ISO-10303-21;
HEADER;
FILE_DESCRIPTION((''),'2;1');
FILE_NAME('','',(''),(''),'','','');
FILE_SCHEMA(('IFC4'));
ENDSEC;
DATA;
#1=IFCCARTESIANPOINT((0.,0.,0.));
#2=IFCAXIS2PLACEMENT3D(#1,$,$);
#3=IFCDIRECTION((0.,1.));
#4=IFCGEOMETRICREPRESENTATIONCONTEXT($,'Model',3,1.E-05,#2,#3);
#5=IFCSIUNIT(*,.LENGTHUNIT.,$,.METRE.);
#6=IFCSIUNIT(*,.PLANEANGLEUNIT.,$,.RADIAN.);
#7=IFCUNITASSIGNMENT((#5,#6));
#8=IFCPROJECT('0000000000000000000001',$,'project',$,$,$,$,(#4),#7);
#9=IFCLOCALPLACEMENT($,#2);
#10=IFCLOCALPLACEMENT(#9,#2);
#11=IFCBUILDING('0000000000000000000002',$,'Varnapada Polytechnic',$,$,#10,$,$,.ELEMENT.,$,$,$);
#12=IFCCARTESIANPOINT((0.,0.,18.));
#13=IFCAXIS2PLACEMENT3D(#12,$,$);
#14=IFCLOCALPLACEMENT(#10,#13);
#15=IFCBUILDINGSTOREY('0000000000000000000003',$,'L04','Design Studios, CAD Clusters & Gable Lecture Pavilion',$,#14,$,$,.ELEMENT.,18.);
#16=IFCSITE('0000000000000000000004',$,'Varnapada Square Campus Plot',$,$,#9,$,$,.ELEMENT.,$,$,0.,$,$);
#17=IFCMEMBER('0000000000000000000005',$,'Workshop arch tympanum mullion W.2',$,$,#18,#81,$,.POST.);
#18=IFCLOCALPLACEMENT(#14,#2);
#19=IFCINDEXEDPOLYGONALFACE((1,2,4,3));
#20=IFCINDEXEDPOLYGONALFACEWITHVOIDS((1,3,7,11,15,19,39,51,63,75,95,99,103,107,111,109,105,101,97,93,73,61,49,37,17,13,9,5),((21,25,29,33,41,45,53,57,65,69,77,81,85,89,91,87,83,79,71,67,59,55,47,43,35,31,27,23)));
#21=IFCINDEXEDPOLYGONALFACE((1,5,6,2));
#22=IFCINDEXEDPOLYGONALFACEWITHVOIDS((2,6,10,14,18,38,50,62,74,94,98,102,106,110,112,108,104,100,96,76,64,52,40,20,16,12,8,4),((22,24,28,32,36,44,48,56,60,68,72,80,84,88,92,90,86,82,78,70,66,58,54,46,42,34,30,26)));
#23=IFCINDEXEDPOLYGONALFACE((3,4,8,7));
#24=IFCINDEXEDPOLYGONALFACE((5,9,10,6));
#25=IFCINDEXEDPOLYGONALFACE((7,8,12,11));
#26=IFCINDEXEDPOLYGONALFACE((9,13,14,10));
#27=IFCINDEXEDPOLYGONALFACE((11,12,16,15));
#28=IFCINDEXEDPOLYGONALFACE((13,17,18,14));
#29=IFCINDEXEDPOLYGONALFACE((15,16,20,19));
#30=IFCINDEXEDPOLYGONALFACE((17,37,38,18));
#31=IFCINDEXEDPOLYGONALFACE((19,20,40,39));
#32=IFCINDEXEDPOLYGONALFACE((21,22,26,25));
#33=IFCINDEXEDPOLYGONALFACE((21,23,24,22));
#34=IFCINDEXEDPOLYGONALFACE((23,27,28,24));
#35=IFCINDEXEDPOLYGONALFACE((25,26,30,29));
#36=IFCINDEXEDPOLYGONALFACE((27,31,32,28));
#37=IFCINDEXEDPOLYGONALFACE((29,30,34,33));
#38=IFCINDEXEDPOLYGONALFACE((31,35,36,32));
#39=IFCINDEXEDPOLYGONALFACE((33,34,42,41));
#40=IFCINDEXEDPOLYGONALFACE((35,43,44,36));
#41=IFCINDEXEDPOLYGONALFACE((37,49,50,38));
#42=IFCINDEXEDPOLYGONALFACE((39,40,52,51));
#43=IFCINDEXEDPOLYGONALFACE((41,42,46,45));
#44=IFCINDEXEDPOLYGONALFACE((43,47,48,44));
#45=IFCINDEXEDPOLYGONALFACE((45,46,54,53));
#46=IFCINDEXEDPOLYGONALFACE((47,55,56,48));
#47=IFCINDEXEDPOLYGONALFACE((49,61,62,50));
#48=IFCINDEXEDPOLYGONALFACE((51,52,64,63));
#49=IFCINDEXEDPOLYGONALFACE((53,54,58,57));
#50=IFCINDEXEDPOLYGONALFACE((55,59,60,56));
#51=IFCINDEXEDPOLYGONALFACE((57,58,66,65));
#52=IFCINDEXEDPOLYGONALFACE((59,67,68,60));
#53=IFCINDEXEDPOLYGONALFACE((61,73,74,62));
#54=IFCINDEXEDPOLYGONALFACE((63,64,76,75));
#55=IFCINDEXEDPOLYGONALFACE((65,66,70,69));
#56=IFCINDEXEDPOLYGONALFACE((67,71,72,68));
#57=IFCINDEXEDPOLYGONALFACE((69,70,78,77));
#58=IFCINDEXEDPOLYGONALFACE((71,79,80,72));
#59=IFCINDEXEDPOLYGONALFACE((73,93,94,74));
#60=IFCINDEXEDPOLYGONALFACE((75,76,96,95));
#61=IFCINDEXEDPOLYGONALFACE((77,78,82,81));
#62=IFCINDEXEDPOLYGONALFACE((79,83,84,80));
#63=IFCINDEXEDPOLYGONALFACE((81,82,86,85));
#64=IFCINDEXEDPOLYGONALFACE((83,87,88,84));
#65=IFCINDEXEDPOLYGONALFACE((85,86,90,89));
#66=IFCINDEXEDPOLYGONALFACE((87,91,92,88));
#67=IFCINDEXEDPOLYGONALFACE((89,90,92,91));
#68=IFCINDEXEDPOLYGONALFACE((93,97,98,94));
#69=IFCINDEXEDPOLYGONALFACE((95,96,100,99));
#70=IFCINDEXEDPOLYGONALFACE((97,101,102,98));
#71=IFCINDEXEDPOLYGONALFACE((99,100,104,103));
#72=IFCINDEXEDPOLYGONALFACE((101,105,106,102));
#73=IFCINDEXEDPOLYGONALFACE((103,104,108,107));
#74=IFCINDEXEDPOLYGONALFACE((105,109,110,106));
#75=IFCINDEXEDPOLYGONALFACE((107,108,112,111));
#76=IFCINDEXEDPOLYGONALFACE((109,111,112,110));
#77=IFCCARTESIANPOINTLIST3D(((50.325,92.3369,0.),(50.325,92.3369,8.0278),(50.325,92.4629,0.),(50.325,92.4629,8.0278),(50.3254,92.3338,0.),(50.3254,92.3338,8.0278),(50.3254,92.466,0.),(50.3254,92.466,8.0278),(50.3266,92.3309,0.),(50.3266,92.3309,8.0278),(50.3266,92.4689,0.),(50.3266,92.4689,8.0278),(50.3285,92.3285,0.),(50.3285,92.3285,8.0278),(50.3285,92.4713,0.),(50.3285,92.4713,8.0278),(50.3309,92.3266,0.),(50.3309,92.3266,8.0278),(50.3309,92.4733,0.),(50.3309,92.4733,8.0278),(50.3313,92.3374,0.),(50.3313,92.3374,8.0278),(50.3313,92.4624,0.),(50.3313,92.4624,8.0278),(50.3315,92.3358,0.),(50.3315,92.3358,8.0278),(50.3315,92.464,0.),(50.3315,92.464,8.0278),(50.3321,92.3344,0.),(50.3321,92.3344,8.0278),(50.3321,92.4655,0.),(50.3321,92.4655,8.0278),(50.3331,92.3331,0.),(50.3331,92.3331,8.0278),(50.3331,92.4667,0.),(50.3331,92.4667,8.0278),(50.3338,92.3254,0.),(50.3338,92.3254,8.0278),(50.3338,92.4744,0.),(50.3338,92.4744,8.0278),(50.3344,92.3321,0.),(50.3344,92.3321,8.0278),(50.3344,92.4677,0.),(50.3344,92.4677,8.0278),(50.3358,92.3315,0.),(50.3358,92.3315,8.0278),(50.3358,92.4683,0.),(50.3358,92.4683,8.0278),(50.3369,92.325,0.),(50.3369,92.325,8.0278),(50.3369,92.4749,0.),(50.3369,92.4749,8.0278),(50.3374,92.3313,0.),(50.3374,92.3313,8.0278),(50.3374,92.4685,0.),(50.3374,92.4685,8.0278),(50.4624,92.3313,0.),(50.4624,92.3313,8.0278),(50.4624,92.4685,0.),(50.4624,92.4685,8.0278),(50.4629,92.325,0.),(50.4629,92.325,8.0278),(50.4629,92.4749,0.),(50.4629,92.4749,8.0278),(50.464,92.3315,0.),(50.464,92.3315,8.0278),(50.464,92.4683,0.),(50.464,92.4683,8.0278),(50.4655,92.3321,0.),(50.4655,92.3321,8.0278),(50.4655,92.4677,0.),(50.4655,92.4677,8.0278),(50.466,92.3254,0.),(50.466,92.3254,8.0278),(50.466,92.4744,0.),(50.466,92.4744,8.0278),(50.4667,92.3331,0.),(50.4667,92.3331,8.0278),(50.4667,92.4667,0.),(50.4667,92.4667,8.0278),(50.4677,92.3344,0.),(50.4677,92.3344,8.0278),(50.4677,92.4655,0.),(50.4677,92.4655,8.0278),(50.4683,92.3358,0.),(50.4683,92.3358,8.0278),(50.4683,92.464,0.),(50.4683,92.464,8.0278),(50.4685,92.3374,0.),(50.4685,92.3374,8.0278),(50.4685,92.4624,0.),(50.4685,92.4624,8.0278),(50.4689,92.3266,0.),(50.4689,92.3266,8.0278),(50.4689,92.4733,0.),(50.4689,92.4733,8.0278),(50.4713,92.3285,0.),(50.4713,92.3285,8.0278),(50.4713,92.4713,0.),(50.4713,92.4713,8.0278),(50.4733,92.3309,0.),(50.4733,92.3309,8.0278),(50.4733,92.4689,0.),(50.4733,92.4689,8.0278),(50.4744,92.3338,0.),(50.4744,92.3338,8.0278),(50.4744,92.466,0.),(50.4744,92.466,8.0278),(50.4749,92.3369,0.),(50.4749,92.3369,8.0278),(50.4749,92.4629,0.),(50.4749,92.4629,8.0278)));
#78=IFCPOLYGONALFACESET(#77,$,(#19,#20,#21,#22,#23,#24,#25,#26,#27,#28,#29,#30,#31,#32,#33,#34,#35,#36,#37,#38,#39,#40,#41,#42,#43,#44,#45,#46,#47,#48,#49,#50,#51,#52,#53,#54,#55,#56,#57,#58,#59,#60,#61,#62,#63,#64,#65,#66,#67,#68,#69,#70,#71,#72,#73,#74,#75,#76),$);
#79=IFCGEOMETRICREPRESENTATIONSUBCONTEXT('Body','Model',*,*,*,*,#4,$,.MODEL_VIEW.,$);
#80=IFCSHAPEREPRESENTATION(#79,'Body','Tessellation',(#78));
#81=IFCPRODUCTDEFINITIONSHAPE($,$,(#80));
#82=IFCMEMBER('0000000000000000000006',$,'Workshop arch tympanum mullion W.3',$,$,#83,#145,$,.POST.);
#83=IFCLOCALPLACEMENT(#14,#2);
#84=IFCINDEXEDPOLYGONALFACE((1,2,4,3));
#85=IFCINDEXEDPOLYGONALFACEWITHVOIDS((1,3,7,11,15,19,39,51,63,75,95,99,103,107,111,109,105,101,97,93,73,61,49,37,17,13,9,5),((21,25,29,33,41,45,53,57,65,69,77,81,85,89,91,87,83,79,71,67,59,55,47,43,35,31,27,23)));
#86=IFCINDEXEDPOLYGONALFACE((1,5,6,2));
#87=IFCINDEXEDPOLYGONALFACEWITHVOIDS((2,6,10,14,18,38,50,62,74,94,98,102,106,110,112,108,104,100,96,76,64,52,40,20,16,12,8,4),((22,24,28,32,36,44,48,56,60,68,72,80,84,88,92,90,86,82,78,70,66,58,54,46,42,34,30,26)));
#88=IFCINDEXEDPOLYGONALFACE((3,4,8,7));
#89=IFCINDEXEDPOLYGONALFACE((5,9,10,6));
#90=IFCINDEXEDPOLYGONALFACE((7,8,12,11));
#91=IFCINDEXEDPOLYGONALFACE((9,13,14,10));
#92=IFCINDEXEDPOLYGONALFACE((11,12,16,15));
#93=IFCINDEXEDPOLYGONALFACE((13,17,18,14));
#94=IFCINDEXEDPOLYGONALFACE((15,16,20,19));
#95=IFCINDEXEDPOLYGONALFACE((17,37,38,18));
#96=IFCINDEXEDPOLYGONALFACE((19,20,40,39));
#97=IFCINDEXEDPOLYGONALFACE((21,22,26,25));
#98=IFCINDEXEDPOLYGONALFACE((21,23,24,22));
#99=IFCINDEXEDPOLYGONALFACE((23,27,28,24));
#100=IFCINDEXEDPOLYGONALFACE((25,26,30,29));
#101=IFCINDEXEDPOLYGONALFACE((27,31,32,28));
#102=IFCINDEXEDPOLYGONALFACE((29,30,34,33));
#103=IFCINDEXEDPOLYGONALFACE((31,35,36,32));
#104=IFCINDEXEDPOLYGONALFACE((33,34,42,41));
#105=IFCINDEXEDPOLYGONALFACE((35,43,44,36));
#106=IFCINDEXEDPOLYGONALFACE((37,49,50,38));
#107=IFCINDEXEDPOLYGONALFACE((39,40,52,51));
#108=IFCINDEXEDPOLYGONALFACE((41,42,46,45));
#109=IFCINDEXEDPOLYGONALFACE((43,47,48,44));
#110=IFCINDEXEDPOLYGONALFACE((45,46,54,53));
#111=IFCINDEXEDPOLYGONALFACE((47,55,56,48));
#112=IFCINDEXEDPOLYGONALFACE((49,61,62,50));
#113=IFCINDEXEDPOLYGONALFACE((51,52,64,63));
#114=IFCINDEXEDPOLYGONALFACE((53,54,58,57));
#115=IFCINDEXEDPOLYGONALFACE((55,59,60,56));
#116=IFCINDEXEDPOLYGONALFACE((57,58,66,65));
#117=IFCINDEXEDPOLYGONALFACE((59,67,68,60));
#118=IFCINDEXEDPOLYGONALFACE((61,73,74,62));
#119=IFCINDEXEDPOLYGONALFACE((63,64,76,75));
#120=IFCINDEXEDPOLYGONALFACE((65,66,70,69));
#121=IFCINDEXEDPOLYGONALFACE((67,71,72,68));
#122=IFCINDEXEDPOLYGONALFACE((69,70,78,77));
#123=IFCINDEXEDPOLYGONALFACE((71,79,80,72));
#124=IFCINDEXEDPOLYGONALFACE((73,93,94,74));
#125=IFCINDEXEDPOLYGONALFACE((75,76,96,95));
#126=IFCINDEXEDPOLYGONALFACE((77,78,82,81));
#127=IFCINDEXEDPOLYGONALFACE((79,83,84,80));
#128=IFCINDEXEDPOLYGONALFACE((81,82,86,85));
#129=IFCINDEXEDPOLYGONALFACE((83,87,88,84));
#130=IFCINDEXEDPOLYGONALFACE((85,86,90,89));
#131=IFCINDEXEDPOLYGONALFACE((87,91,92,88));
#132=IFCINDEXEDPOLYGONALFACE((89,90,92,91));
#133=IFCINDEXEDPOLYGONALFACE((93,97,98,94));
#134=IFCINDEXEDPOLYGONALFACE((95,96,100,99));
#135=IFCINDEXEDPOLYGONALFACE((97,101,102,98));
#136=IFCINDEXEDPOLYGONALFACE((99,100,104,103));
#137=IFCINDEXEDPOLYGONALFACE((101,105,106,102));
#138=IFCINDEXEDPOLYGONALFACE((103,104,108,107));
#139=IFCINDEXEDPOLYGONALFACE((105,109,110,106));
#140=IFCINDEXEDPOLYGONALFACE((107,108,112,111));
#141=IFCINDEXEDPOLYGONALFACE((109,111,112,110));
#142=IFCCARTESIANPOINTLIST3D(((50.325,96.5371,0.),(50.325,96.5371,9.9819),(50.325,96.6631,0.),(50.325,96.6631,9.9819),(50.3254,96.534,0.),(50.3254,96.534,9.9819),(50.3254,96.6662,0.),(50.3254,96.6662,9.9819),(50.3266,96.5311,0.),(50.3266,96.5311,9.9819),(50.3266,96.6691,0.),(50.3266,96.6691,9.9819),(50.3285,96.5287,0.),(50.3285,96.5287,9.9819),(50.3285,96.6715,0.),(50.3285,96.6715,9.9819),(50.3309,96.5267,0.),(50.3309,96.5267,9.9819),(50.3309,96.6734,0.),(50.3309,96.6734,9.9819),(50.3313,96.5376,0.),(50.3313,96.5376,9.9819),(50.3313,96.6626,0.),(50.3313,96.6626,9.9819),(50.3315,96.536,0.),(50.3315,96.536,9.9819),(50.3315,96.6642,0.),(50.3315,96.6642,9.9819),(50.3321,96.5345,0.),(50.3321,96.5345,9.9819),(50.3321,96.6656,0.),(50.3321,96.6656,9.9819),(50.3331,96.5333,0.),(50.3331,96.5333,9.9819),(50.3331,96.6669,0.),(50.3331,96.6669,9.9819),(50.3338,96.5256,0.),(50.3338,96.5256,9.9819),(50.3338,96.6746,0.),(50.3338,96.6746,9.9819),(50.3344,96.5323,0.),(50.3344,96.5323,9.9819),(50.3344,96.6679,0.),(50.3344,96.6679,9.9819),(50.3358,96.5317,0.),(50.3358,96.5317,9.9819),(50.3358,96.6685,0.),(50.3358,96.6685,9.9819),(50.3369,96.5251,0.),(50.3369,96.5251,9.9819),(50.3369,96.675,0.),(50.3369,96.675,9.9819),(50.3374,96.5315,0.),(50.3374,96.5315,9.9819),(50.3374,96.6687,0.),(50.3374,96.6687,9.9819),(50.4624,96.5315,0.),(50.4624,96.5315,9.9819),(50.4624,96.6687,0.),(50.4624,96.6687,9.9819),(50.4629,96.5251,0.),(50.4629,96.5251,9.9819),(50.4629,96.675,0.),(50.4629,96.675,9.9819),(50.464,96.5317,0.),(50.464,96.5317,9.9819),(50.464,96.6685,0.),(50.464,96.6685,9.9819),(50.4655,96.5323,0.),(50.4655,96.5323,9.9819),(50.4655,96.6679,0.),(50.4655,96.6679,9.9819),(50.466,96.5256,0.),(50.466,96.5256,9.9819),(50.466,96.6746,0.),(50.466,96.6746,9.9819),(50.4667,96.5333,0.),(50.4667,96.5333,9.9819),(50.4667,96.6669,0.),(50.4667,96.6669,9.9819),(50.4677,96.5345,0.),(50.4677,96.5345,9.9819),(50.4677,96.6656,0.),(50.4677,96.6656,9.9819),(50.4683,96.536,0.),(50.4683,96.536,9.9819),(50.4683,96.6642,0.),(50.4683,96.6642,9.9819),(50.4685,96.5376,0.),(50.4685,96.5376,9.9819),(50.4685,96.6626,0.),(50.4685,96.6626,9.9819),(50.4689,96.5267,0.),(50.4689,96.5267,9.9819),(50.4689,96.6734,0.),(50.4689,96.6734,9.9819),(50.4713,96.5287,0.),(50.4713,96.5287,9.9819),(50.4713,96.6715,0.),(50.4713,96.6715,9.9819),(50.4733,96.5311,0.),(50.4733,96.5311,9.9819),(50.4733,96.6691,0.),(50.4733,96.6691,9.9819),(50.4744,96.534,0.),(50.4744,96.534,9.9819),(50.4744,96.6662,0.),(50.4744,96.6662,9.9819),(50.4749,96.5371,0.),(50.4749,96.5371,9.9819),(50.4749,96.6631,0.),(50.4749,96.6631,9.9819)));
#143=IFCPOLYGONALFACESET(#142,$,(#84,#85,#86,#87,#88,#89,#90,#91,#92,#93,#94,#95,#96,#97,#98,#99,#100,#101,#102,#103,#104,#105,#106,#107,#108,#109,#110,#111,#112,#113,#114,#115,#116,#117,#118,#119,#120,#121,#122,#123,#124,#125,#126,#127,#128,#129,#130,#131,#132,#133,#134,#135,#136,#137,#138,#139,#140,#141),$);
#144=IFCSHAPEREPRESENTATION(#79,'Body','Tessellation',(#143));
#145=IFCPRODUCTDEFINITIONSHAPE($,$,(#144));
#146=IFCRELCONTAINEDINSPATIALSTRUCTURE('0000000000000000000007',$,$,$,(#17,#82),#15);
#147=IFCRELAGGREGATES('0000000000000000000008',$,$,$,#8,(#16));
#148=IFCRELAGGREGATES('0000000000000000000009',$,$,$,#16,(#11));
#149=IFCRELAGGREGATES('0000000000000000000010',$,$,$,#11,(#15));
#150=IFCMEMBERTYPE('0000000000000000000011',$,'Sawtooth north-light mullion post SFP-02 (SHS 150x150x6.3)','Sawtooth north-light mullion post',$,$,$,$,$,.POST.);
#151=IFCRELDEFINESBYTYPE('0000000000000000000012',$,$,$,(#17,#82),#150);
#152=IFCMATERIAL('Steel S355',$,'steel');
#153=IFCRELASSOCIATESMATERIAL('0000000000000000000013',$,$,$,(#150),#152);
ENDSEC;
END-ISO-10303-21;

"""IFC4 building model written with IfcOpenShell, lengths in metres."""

from ifc_helpers import new_model, si_unit, direction, frame, origin, origin_2d, place, context, subcontext, project, spatial, hollow_rectangle, extrude, material, material_profile, profile_set, type_object, element, save


model = new_model("IFC4")

# Units and contexts
model_context = context("Model", 3, precision=1e-05, world=origin(), true_north=direction((0.0, 1.0)))
body_context = subcontext(model_context, "Body", "Model", "MODEL_VIEW")
ifc_project = project(units=[si_unit("LENGTHUNIT", "METRE"), si_unit("PLANEANGLEUNIT", "RADIAN")], contexts=[model_context])

# Site, building, storey
site_placement = place(None, origin())
site = spatial("IfcSite", under=ifc_project, at=site_placement, Name="Varnapada Square Campus Plot", CompositionType="ELEMENT", RefElevation=0.0)
building_placement = place(site_placement, origin())
building = spatial("IfcBuilding", under=site, at=building_placement, Name="Varnapada Polytechnic", CompositionType="ELEMENT")
storey_placement = place(building_placement, frame((0.0, 0.0, 18.0)))
storey = spatial("IfcBuildingStorey", under=building, at=storey_placement, Name="L04", Description="Design Studios, CAD Clusters & Gable Lecture Pavilion", CompositionType="ELEMENT", Elevation=18.0)

# Members
ifc_material = material(Name="Steel S355", Category="steel")
ifc_material_profile_1 = material_profile(ifc_material, hollow_rectangle(XDim=0.1499, YDim=0.1499, WallThickness=0.0063, InnerFilletRadius=0.0061, OuterFilletRadius=0.012, at=origin_2d()), Name="SHS 150x150x6.3")
ifc_profile_set_1 = profile_set([ifc_material_profile_1], Name="Steel S355")
member_type_1 = type_object("IfcMemberType", Name="Sawtooth north-light mullion post SFP-02 (SHS 150x150x6.3)", Description="Sawtooth north-light mullion post", PredefinedType="POST", material=ifc_profile_set_1)
member_1_placement = place(storey_placement, frame((50.3999, 92.3999, 0.0), z_axis=(0.0, 0.0, 1.0), x_axis=(1.0, 0.0, 0.0)))
element("IfcMember", 1, at=member_1_placement, inside=storey, type_object=member_type_1, Name="Workshop arch tympanum mullion W.2", PredefinedType="POST", context=body_context, shape_type="SweptSolid", body=[
    extrude(hollow_rectangle(XDim=0.1499, YDim=0.1499, WallThickness=0.0063, InnerFilletRadius=0.0061, OuterFilletRadius=0.012, at=origin_2d()), origin(), (0.0, 0.0, 1.0), 8.0278),
])
member_2_placement = place(storey_placement, frame((50.3999, 96.6001, 0.0), z_axis=(0.0, 0.0, 1.0), x_axis=(1.0, 0.0, 0.0)))
element("IfcMember", 2, at=member_2_placement, inside=storey, type_object=member_type_1, Name="Workshop arch tympanum mullion W.3", PredefinedType="POST", context=body_context, shape_type="SweptSolid", body=[
    extrude(hollow_rectangle(XDim=0.1499, YDim=0.1499, WallThickness=0.0063, InnerFilletRadius=0.0061, OuterFilletRadius=0.012, at=origin_2d()), origin(), (0.0, 0.0, 1.0), 9.9819),
])

save(model, "model.ifc")
